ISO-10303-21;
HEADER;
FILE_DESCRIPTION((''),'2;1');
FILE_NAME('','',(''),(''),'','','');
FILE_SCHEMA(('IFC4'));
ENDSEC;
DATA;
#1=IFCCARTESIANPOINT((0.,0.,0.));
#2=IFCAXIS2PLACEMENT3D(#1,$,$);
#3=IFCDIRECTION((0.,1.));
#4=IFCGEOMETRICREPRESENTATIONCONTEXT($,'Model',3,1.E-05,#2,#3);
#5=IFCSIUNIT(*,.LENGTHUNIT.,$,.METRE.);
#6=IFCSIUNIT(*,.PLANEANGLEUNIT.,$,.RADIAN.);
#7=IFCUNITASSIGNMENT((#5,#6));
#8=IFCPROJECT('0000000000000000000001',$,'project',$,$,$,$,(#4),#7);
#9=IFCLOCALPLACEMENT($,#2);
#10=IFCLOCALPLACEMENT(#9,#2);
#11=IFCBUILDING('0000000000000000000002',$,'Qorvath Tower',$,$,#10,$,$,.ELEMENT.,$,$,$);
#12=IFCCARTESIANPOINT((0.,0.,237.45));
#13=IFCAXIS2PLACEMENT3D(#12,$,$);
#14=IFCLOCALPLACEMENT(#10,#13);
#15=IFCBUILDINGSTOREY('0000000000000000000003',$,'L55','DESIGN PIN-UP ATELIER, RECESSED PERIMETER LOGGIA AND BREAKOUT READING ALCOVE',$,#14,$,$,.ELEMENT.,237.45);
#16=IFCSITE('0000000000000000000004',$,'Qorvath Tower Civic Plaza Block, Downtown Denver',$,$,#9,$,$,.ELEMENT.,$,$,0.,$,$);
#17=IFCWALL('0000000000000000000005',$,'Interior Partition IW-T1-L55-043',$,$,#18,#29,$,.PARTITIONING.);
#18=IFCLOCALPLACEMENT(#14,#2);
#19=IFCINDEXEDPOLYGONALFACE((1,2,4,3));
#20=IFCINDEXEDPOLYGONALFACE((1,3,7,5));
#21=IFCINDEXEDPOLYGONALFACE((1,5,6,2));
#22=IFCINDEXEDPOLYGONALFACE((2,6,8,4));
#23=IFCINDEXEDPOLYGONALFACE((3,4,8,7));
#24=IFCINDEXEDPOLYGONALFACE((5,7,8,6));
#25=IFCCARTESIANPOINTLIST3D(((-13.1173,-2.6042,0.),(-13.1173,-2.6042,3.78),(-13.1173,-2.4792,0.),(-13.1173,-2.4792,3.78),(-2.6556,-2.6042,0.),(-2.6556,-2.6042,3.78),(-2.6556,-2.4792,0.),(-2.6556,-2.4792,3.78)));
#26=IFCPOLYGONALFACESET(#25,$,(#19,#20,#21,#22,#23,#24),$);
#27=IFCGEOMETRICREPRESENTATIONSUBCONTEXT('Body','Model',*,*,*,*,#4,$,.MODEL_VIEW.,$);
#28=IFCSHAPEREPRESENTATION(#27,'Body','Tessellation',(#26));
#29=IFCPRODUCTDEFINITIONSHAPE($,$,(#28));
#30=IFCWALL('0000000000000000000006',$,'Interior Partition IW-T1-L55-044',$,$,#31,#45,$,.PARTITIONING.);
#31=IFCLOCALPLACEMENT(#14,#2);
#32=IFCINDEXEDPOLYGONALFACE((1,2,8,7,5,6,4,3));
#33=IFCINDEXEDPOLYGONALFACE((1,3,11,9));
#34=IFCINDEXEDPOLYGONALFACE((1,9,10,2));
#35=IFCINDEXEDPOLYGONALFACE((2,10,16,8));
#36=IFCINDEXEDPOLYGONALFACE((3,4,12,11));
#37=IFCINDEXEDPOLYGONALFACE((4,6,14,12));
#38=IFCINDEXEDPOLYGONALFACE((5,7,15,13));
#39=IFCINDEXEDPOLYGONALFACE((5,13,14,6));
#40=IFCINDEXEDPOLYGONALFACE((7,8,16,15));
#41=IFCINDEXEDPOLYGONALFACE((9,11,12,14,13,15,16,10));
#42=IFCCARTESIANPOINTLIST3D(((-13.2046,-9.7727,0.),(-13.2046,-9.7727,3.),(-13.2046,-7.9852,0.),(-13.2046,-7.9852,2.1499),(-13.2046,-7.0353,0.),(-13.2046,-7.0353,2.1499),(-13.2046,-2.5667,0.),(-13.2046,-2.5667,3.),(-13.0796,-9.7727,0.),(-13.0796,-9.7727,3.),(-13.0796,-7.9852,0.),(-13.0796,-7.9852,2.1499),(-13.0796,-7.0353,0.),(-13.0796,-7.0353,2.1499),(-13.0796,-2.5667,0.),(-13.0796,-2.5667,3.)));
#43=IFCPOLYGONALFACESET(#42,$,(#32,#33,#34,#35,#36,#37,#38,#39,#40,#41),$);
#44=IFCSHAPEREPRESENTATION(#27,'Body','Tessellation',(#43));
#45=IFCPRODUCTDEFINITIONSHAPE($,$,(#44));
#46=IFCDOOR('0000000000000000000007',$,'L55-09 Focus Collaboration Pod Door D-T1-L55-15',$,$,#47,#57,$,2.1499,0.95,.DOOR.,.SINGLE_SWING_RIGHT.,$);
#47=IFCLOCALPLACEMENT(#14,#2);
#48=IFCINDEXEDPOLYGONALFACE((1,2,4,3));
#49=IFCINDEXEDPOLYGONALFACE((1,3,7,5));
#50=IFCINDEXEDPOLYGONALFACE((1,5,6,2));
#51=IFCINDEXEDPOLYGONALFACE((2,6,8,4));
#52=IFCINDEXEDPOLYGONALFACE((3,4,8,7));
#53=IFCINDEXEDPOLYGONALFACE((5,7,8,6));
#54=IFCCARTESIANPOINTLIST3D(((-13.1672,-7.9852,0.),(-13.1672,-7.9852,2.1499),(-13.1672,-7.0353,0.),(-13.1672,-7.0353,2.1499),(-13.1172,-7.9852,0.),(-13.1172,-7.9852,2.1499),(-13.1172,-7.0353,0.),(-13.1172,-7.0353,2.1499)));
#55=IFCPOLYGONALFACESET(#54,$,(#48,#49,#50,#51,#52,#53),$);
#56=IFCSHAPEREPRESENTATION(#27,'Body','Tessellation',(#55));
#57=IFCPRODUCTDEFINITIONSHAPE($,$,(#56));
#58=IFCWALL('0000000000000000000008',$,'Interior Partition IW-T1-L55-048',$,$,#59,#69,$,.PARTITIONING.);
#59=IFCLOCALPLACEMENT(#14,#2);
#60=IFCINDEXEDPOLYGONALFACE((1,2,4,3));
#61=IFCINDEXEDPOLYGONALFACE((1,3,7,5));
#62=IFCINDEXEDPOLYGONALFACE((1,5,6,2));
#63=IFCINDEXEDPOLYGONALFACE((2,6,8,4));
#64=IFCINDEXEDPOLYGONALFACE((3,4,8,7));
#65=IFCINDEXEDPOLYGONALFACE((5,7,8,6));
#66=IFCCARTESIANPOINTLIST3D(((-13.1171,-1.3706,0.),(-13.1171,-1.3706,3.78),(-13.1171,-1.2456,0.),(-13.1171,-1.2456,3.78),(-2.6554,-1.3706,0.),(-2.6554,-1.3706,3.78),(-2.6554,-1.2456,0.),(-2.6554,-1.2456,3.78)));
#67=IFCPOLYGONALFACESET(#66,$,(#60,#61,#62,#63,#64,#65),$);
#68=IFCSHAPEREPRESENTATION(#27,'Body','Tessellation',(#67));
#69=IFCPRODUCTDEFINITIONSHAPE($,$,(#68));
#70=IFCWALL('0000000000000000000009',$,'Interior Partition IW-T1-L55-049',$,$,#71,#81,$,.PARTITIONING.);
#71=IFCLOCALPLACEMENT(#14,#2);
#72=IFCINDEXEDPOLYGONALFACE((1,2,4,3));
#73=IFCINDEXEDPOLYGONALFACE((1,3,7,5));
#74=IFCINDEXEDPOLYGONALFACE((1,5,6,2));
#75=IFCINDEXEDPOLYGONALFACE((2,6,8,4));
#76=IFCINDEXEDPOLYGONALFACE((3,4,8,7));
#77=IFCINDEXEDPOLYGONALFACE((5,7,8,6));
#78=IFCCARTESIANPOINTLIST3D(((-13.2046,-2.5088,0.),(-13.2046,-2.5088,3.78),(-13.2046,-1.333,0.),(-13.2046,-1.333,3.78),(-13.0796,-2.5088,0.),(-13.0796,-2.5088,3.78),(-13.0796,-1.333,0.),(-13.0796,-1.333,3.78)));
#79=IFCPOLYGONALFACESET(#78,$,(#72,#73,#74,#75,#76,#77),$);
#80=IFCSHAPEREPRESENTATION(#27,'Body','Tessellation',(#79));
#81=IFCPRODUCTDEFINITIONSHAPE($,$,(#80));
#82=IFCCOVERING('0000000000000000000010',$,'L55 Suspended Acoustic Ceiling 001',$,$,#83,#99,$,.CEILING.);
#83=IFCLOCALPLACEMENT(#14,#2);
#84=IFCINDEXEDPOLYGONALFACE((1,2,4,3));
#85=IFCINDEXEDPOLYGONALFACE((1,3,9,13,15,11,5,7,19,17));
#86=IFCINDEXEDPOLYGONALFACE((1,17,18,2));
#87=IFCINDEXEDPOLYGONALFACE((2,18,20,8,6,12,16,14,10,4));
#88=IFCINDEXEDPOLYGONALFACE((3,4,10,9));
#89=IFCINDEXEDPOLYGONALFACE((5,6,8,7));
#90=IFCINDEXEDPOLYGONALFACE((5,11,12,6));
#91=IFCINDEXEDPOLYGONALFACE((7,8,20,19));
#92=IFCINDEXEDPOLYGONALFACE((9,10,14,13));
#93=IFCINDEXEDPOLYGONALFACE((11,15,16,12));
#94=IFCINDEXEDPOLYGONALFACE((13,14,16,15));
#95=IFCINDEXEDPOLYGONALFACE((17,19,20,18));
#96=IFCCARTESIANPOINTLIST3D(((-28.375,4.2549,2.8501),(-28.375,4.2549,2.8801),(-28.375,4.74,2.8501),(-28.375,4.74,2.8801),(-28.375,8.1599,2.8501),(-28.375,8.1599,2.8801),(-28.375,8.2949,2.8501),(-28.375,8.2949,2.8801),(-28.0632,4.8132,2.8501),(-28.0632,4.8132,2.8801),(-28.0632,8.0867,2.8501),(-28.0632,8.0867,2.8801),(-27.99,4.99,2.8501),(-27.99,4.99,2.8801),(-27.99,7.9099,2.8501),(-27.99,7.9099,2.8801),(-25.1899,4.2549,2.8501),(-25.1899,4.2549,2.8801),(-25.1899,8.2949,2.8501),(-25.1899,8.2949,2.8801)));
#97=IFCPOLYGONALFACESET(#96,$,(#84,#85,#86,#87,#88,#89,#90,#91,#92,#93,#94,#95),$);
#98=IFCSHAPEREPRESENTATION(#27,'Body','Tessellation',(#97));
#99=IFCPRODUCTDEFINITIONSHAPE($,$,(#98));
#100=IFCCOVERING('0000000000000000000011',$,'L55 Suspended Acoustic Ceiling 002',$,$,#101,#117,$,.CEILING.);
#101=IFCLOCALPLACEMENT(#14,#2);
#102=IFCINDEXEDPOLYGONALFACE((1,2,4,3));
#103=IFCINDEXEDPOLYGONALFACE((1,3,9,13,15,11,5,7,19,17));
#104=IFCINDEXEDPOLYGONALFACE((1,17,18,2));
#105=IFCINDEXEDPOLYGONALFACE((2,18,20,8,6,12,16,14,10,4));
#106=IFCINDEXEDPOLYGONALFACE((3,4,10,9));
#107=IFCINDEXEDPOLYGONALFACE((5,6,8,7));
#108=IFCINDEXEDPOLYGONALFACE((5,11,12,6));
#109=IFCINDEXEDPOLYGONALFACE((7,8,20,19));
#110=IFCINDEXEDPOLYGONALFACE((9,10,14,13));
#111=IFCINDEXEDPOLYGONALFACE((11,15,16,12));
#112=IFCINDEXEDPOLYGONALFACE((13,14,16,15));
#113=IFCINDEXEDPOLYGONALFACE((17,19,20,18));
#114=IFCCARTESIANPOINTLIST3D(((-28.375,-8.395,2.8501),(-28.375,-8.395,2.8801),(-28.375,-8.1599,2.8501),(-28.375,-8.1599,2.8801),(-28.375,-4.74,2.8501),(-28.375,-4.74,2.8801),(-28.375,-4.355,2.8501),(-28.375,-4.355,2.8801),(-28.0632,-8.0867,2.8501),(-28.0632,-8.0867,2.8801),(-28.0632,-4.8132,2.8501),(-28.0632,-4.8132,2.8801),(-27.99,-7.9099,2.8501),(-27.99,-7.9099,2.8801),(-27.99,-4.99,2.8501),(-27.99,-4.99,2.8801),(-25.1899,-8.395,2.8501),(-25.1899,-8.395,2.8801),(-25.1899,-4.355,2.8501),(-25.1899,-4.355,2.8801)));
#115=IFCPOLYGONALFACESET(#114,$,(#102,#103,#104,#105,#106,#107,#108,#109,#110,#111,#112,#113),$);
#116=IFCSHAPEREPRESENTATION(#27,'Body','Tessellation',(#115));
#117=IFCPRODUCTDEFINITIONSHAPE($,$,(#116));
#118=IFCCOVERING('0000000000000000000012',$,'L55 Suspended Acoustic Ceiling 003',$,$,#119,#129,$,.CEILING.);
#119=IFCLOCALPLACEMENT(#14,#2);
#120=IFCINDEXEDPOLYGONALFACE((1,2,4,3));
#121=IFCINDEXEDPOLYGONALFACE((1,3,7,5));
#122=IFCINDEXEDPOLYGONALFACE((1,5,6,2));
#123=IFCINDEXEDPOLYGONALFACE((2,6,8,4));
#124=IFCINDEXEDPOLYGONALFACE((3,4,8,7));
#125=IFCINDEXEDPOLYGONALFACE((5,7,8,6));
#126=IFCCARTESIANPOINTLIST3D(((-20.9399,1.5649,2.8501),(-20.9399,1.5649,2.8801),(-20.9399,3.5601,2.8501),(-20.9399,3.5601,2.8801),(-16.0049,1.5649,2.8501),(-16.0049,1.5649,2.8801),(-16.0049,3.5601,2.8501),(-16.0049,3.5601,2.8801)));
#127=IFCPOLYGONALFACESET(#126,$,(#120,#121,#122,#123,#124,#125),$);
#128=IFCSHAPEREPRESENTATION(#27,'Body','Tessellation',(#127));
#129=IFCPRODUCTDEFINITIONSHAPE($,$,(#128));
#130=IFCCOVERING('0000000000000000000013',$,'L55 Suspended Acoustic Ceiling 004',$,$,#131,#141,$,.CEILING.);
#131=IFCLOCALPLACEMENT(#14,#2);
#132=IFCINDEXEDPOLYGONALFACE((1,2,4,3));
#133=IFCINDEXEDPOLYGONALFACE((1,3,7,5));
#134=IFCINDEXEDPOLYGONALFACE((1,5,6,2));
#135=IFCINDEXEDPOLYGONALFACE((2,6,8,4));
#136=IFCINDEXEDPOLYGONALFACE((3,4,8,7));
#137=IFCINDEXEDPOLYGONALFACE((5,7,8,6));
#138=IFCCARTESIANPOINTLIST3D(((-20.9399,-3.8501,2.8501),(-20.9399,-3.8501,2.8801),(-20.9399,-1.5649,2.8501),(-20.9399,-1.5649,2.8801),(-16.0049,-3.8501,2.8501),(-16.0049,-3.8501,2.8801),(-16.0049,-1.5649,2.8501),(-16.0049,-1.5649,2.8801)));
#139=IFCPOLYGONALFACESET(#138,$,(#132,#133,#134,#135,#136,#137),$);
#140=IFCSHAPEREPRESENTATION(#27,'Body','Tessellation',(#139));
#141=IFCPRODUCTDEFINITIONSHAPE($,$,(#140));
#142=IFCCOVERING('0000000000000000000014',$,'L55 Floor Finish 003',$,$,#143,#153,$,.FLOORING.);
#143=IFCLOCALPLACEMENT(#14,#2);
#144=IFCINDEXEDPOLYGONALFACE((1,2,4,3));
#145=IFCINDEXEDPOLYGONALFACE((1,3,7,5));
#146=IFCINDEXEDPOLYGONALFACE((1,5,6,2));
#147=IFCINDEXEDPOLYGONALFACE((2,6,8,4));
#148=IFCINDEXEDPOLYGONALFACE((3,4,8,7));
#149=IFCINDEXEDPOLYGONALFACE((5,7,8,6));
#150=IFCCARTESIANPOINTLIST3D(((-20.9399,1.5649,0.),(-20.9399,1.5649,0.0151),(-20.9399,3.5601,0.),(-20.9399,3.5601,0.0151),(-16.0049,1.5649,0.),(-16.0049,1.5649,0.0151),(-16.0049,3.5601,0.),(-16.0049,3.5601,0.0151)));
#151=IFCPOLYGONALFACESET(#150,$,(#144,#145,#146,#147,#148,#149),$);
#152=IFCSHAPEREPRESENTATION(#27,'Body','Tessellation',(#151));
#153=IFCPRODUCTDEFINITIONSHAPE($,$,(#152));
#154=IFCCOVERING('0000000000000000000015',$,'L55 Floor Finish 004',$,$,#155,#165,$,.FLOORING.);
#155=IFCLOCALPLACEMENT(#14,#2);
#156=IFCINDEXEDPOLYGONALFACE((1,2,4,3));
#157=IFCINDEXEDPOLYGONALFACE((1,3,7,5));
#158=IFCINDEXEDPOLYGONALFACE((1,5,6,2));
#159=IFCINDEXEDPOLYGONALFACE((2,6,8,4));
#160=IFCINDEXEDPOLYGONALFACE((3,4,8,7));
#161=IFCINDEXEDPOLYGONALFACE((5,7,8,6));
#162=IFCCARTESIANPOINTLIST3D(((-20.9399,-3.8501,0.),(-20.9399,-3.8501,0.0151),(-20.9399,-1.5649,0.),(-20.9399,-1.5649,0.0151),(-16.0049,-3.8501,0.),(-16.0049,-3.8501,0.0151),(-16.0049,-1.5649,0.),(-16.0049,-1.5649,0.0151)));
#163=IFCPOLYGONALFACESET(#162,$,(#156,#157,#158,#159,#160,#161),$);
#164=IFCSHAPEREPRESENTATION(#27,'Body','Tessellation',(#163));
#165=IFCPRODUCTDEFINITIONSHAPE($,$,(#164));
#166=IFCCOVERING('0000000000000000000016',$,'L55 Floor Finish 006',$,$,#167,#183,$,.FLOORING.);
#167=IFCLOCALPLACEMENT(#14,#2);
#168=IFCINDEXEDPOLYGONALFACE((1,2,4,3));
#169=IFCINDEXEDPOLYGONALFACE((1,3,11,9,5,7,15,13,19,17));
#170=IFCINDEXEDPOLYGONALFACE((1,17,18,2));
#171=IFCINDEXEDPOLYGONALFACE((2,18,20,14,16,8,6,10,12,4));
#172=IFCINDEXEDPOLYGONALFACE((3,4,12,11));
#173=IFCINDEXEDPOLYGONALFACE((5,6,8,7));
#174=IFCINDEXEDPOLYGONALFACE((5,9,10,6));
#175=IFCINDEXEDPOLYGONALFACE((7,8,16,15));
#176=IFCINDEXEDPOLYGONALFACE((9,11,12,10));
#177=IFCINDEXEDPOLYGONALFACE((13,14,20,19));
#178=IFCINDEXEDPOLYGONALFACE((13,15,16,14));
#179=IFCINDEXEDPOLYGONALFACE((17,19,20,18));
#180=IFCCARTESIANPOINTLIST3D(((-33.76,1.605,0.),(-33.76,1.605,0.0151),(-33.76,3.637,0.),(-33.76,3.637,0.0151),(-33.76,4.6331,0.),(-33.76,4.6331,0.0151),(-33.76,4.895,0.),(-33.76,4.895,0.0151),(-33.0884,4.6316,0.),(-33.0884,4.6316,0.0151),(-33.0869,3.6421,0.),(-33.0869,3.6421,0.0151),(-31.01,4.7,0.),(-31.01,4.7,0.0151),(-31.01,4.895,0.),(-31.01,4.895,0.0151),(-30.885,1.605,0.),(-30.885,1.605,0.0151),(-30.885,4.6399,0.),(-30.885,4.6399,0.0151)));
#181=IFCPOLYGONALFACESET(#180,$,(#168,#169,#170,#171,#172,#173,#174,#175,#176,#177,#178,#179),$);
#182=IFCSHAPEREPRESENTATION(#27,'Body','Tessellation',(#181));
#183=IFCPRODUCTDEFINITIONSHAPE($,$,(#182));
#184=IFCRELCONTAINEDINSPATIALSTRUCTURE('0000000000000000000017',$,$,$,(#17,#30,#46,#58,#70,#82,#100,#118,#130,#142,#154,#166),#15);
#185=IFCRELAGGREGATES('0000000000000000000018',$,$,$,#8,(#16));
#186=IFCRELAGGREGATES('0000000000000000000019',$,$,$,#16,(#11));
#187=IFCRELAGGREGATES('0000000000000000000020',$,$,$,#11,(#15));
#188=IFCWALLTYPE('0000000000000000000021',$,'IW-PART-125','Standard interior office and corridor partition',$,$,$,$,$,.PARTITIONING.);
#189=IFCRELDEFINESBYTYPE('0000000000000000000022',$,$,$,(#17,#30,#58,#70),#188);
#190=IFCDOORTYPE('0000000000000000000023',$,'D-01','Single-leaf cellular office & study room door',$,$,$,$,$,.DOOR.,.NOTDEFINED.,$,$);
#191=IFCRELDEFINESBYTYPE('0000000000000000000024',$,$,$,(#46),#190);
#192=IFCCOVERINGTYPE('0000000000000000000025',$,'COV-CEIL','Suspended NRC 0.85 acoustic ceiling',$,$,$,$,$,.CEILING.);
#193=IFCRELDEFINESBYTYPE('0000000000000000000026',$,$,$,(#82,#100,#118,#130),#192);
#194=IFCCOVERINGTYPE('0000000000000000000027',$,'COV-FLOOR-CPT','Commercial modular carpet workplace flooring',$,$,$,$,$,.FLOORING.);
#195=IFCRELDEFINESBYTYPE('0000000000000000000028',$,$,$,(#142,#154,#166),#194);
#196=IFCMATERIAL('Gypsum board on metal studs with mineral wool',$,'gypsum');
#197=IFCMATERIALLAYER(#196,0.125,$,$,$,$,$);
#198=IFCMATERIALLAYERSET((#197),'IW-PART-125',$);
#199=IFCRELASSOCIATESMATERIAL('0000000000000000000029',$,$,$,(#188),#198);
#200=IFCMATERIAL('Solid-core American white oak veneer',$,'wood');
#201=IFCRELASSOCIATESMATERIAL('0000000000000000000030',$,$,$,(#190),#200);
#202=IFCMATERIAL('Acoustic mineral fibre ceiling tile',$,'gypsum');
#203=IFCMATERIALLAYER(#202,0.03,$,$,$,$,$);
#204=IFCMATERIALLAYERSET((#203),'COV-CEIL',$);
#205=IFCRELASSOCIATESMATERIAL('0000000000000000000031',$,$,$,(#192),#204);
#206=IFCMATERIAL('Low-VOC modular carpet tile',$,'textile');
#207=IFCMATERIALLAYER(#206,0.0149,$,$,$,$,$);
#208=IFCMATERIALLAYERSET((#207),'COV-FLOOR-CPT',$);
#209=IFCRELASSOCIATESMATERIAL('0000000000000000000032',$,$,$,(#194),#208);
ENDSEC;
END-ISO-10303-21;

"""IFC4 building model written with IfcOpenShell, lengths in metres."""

from ifc_helpers import new_model, si_unit, direction, frame, frame_2d, origin, place, context, subcontext, project, spatial, polyline, rectangle, outline, extrude, material, layer, layer_set, type_object, element, fill, save


model = new_model("IFC4")

# Units and contexts
model_context = context("Model", 3, precision=1e-05, world=origin(), true_north=direction((0.0, 1.0)))
body_context = subcontext(model_context, "Body", "Model", "MODEL_VIEW")
ifc_project = project(units=[si_unit("LENGTHUNIT", "METRE"), si_unit("PLANEANGLEUNIT", "RADIAN")], contexts=[model_context])

# Site, building, storey
site_placement = place(None, origin())
site = spatial("IfcSite", under=ifc_project, at=site_placement, Name="Qorvath Tower Civic Plaza Block, Downtown Denver", CompositionType="ELEMENT", RefElevation=0.0)
building_placement = place(site_placement, origin())
building = spatial("IfcBuilding", under=site, at=building_placement, Name="Qorvath Tower", CompositionType="ELEMENT")
storey_placement = place(building_placement, frame((0.0, 0.0, 237.45)))
storey = spatial("IfcBuildingStorey", under=building, at=storey_placement, Name="L55", Description="DESIGN PIN-UP ATELIER, RECESSED PERIMETER LOGGIA AND BREAKOUT READING ALCOVE", CompositionType="ELEMENT", Elevation=237.45)

# Shared definitions
ifc_material_1 = material(Name="Gypsum board on metal studs with mineral wool", Category="gypsum")
ifc_layer_1 = layer(ifc_material_1, 0.125)
ifc_layer_set_1 = layer_set([ifc_layer_1], Name="IW-PART-125")
wall_type = type_object("IfcWallType", Name="IW-PART-125", Description="Standard interior office and corridor partition", PredefinedType="PARTITIONING", material=ifc_layer_set_1)

# Shared definitions
ifc_material_2 = material(Name="Solid-core American white oak veneer", Category="wood")
door_type = type_object("IfcDoorType", Name="D-01", Description="Single-leaf cellular office & study room door", OperationType="NOTDEFINED", PredefinedType="DOOR", material=ifc_material_2)

# Wall
wall_1_placement = place(storey_placement, frame((-2.6555, -2.5417, 0.0), z_axis=(0.0, 0.0, 1.0), x_axis=(-1.0, 0.0, 0.0)))
element("IfcWall", 1, at=wall_1_placement, inside=storey, type_object=wall_type, Name="Interior Partition IW-T1-L55-043", PredefinedType="PARTITIONING", context=body_context, shape_type="SweptSolid", body=[
    extrude(rectangle(XDim=10.4617, YDim=0.125, at=frame_2d((5.231, 0.0))), origin(), (0.0, 0.0, 1.0), 3.78),
])

# Wall, opening, door
wall_2_placement = place(storey_placement, frame((-13.1421, -2.5667, 0.0), z_axis=(0.0, 0.0, 1.0), x_axis=(0.0, -1.0, 0.0)))
wall_2 = element("IfcWall", 2, at=wall_2_placement, inside=storey, type_object=wall_type, Name="Interior Partition IW-T1-L55-044", PredefinedType="PARTITIONING", context=body_context, shape_type="SweptSolid", body=[
    extrude(rectangle(XDim=7.2061, YDim=0.125, at=frame_2d((3.603, 0.0))), origin(), (0.0, 0.0, 1.0), 3.0),
])
opening_1_placement = place(wall_2_placement, frame((4.4685, 0.0, 0.0)))
opening_1 = element("IfcOpeningElement", 3, at=opening_1_placement, cuts=wall_2, PredefinedType="OPENING", context=body_context, shape_type="SweptSolid", body=[
    extrude(rectangle(XDim=0.95, YDim=2.1499, at=frame_2d((0.4751, 1.075))), frame((0.0, 0.0725, 0.0), z_axis=(0.0, -1.0, 0.0), x_axis=(1.0, 0.0, 0.0)), (0.0, 0.0, 1.0), 0.145),
])
door_1_placement = place(opening_1_placement, origin())
door_1 = element("IfcDoor", 4, at=door_1_placement, inside=storey, type_object=door_type, Name="L55-09 Focus Collaboration Pod Door D-T1-L55-15", OperationType="SINGLE_SWING_RIGHT", OverallHeight=2.1499, OverallWidth=0.95, PredefinedType="DOOR", context=body_context, shape_type="SweptSolid", body=[
    extrude(rectangle(XDim=0.95, YDim=2.1499, at=frame_2d((0.4751, 1.075))), frame((0.0, 0.0249, 0.0), z_axis=(0.0, -1.0, 0.0), x_axis=(1.0, 0.0, 0.0)), (0.0, 0.0, 1.0), 0.05),
])
fill(opening_1, door_1)

# Walls
wall_3_placement = place(storey_placement, frame((-13.1172, -1.3081, 0.0), z_axis=(0.0, 0.0, 1.0), x_axis=(1.0, 0.0, 0.0)))
element("IfcWall", 5, at=wall_3_placement, inside=storey, type_object=wall_type, Name="Interior Partition IW-T1-L55-048", PredefinedType="PARTITIONING", context=body_context, shape_type="SweptSolid", body=[
    extrude(rectangle(XDim=10.4617, YDim=0.125, at=frame_2d((5.231, 0.0))), origin(), (0.0, 0.0, 1.0), 3.78),
])
wall_4_placement = place(storey_placement, frame((-13.1421, -1.333, 0.0), z_axis=(0.0, 0.0, 1.0), x_axis=(0.0, -1.0, 0.0)))
element("IfcWall", 6, at=wall_4_placement, inside=storey, type_object=wall_type, Name="Interior Partition IW-T1-L55-049", PredefinedType="PARTITIONING", context=body_context, shape_type="SweptSolid", body=[
    extrude(rectangle(XDim=1.1758, YDim=0.125, at=frame_2d((0.5879, 0.0))), origin(), (0.0, 0.0, 1.0), 3.78),
])

# Coverings
ifc_material_3 = material(Name="Acoustic mineral fibre ceiling tile", Category="gypsum")
ifc_layer_2 = layer(ifc_material_3, 0.03)
ifc_layer_set_2 = layer_set([ifc_layer_2], Name="COV-CEIL")
covering_type_1 = type_object("IfcCoveringType", Name="COV-CEIL", Description="Suspended NRC 0.85 acoustic ceiling", PredefinedType="CEILING", material=ifc_layer_set_2)
covering_1_placement = place(storey_placement, frame((0.0, 0.0, 2.8501)))
element("IfcCovering", 7, at=covering_1_placement, inside=storey, type_object=covering_type_1, Name="L55 Suspended Acoustic Ceiling 001", PredefinedType="CEILING", context=body_context, shape_type="SweptSolid", body=[
    extrude(outline(polyline([(-25.1899, 4.2549), (-25.1899, 8.2949), (-28.375, 8.2949), (-28.375, 8.1599), (-28.0632, 8.0867), (-27.99, 7.9099), (-27.99, 4.99), (-28.0632, 4.8132), (-28.375, 4.74), (-28.375, 4.2549), (-25.1899, 4.2549)])), origin(), (0.0, 0.0, 1.0), 0.03),
])
covering_2_placement = place(storey_placement, frame((0.0, 0.0, 2.8501)))
element("IfcCovering", 8, at=covering_2_placement, inside=storey, type_object=covering_type_1, Name="L55 Suspended Acoustic Ceiling 002", PredefinedType="CEILING", context=body_context, shape_type="SweptSolid", body=[
    extrude(outline(polyline([(-25.1899, -8.395), (-25.1899, -4.355), (-28.375, -4.355), (-28.375, -4.74), (-28.0632, -4.8132), (-27.99, -4.99), (-27.99, -7.9099), (-28.0632, -8.0867), (-28.375, -8.1599), (-28.375, -8.395), (-25.1899, -8.395)])), origin(), (0.0, 0.0, 1.0), 0.03),
])
covering_3_placement = place(storey_placement, frame((0.0, 0.0, 2.8501)))
element("IfcCovering", 9, at=covering_3_placement, inside=storey, type_object=covering_type_1, Name="L55 Suspended Acoustic Ceiling 003", PredefinedType="CEILING", context=body_context, shape_type="SweptSolid", body=[
    extrude(outline(polyline([(-16.0049, 3.5601), (-20.9399, 3.5601), (-20.9399, 1.5649), (-16.0049, 1.5649), (-16.0049, 3.5601)])), origin(), (0.0, 0.0, 1.0), 0.03),
])
covering_4_placement = place(storey_placement, frame((0.0, 0.0, 2.8501)))
element("IfcCovering", 10, at=covering_4_placement, inside=storey, type_object=covering_type_1, Name="L55 Suspended Acoustic Ceiling 004", PredefinedType="CEILING", context=body_context, shape_type="SweptSolid", body=[
    extrude(outline(polyline([(-20.9399, -1.5649), (-20.9399, -3.8501), (-16.0049, -3.8501), (-16.0049, -1.5649), (-20.9399, -1.5649)])), origin(), (0.0, 0.0, 1.0), 0.03),
])
ifc_material_4 = material(Name="Low-VOC modular carpet tile", Category="textile")
ifc_layer_3 = layer(ifc_material_4, 0.0149)
ifc_layer_set_3 = layer_set([ifc_layer_3], Name="COV-FLOOR-CPT")
covering_type_2 = type_object("IfcCoveringType", Name="COV-FLOOR-CPT", Description="Commercial modular carpet workplace flooring", PredefinedType="FLOORING", material=ifc_layer_set_3)
covering_5_placement = place(storey_placement, origin())
element("IfcCovering", 11, at=covering_5_placement, inside=storey, type_object=covering_type_2, Name="L55 Floor Finish 003", PredefinedType="FLOORING", context=body_context, shape_type="SweptSolid", body=[
    extrude(outline(polyline([(-16.0049, 3.5601), (-20.9399, 3.5601), (-20.9399, 1.5649), (-16.0049, 1.5649), (-16.0049, 3.5601)])), origin(), (0.0, 0.0, 1.0), 0.0151),
])
covering_6_placement = place(storey_placement, origin())
element("IfcCovering", 12, at=covering_6_placement, inside=storey, type_object=covering_type_2, Name="L55 Floor Finish 004", PredefinedType="FLOORING", context=body_context, shape_type="SweptSolid", body=[
    extrude(outline(polyline([(-20.9399, -1.5649), (-20.9399, -3.8501), (-16.0049, -3.8501), (-16.0049, -1.5649), (-20.9399, -1.5649)])), origin(), (0.0, 0.0, 1.0), 0.0151),
])
covering_7_placement = place(storey_placement, origin())
element("IfcCovering", 13, at=covering_7_placement, inside=storey, type_object=covering_type_2, Name="L55 Floor Finish 006", PredefinedType="FLOORING", context=body_context, shape_type="SweptSolid", body=[
    extrude(outline(polyline([(-31.01, 4.895), (-33.76, 4.895), (-33.76, 4.6331), (-33.0884, 4.6316), (-33.0869, 3.6421), (-33.76, 3.637), (-33.76, 1.605), (-30.885, 1.605), (-30.885, 4.6399), (-31.01, 4.7), (-31.01, 4.895)])), origin(), (0.0, 0.0, 1.0), 0.0151),
])

save(model, "model.ifc")
